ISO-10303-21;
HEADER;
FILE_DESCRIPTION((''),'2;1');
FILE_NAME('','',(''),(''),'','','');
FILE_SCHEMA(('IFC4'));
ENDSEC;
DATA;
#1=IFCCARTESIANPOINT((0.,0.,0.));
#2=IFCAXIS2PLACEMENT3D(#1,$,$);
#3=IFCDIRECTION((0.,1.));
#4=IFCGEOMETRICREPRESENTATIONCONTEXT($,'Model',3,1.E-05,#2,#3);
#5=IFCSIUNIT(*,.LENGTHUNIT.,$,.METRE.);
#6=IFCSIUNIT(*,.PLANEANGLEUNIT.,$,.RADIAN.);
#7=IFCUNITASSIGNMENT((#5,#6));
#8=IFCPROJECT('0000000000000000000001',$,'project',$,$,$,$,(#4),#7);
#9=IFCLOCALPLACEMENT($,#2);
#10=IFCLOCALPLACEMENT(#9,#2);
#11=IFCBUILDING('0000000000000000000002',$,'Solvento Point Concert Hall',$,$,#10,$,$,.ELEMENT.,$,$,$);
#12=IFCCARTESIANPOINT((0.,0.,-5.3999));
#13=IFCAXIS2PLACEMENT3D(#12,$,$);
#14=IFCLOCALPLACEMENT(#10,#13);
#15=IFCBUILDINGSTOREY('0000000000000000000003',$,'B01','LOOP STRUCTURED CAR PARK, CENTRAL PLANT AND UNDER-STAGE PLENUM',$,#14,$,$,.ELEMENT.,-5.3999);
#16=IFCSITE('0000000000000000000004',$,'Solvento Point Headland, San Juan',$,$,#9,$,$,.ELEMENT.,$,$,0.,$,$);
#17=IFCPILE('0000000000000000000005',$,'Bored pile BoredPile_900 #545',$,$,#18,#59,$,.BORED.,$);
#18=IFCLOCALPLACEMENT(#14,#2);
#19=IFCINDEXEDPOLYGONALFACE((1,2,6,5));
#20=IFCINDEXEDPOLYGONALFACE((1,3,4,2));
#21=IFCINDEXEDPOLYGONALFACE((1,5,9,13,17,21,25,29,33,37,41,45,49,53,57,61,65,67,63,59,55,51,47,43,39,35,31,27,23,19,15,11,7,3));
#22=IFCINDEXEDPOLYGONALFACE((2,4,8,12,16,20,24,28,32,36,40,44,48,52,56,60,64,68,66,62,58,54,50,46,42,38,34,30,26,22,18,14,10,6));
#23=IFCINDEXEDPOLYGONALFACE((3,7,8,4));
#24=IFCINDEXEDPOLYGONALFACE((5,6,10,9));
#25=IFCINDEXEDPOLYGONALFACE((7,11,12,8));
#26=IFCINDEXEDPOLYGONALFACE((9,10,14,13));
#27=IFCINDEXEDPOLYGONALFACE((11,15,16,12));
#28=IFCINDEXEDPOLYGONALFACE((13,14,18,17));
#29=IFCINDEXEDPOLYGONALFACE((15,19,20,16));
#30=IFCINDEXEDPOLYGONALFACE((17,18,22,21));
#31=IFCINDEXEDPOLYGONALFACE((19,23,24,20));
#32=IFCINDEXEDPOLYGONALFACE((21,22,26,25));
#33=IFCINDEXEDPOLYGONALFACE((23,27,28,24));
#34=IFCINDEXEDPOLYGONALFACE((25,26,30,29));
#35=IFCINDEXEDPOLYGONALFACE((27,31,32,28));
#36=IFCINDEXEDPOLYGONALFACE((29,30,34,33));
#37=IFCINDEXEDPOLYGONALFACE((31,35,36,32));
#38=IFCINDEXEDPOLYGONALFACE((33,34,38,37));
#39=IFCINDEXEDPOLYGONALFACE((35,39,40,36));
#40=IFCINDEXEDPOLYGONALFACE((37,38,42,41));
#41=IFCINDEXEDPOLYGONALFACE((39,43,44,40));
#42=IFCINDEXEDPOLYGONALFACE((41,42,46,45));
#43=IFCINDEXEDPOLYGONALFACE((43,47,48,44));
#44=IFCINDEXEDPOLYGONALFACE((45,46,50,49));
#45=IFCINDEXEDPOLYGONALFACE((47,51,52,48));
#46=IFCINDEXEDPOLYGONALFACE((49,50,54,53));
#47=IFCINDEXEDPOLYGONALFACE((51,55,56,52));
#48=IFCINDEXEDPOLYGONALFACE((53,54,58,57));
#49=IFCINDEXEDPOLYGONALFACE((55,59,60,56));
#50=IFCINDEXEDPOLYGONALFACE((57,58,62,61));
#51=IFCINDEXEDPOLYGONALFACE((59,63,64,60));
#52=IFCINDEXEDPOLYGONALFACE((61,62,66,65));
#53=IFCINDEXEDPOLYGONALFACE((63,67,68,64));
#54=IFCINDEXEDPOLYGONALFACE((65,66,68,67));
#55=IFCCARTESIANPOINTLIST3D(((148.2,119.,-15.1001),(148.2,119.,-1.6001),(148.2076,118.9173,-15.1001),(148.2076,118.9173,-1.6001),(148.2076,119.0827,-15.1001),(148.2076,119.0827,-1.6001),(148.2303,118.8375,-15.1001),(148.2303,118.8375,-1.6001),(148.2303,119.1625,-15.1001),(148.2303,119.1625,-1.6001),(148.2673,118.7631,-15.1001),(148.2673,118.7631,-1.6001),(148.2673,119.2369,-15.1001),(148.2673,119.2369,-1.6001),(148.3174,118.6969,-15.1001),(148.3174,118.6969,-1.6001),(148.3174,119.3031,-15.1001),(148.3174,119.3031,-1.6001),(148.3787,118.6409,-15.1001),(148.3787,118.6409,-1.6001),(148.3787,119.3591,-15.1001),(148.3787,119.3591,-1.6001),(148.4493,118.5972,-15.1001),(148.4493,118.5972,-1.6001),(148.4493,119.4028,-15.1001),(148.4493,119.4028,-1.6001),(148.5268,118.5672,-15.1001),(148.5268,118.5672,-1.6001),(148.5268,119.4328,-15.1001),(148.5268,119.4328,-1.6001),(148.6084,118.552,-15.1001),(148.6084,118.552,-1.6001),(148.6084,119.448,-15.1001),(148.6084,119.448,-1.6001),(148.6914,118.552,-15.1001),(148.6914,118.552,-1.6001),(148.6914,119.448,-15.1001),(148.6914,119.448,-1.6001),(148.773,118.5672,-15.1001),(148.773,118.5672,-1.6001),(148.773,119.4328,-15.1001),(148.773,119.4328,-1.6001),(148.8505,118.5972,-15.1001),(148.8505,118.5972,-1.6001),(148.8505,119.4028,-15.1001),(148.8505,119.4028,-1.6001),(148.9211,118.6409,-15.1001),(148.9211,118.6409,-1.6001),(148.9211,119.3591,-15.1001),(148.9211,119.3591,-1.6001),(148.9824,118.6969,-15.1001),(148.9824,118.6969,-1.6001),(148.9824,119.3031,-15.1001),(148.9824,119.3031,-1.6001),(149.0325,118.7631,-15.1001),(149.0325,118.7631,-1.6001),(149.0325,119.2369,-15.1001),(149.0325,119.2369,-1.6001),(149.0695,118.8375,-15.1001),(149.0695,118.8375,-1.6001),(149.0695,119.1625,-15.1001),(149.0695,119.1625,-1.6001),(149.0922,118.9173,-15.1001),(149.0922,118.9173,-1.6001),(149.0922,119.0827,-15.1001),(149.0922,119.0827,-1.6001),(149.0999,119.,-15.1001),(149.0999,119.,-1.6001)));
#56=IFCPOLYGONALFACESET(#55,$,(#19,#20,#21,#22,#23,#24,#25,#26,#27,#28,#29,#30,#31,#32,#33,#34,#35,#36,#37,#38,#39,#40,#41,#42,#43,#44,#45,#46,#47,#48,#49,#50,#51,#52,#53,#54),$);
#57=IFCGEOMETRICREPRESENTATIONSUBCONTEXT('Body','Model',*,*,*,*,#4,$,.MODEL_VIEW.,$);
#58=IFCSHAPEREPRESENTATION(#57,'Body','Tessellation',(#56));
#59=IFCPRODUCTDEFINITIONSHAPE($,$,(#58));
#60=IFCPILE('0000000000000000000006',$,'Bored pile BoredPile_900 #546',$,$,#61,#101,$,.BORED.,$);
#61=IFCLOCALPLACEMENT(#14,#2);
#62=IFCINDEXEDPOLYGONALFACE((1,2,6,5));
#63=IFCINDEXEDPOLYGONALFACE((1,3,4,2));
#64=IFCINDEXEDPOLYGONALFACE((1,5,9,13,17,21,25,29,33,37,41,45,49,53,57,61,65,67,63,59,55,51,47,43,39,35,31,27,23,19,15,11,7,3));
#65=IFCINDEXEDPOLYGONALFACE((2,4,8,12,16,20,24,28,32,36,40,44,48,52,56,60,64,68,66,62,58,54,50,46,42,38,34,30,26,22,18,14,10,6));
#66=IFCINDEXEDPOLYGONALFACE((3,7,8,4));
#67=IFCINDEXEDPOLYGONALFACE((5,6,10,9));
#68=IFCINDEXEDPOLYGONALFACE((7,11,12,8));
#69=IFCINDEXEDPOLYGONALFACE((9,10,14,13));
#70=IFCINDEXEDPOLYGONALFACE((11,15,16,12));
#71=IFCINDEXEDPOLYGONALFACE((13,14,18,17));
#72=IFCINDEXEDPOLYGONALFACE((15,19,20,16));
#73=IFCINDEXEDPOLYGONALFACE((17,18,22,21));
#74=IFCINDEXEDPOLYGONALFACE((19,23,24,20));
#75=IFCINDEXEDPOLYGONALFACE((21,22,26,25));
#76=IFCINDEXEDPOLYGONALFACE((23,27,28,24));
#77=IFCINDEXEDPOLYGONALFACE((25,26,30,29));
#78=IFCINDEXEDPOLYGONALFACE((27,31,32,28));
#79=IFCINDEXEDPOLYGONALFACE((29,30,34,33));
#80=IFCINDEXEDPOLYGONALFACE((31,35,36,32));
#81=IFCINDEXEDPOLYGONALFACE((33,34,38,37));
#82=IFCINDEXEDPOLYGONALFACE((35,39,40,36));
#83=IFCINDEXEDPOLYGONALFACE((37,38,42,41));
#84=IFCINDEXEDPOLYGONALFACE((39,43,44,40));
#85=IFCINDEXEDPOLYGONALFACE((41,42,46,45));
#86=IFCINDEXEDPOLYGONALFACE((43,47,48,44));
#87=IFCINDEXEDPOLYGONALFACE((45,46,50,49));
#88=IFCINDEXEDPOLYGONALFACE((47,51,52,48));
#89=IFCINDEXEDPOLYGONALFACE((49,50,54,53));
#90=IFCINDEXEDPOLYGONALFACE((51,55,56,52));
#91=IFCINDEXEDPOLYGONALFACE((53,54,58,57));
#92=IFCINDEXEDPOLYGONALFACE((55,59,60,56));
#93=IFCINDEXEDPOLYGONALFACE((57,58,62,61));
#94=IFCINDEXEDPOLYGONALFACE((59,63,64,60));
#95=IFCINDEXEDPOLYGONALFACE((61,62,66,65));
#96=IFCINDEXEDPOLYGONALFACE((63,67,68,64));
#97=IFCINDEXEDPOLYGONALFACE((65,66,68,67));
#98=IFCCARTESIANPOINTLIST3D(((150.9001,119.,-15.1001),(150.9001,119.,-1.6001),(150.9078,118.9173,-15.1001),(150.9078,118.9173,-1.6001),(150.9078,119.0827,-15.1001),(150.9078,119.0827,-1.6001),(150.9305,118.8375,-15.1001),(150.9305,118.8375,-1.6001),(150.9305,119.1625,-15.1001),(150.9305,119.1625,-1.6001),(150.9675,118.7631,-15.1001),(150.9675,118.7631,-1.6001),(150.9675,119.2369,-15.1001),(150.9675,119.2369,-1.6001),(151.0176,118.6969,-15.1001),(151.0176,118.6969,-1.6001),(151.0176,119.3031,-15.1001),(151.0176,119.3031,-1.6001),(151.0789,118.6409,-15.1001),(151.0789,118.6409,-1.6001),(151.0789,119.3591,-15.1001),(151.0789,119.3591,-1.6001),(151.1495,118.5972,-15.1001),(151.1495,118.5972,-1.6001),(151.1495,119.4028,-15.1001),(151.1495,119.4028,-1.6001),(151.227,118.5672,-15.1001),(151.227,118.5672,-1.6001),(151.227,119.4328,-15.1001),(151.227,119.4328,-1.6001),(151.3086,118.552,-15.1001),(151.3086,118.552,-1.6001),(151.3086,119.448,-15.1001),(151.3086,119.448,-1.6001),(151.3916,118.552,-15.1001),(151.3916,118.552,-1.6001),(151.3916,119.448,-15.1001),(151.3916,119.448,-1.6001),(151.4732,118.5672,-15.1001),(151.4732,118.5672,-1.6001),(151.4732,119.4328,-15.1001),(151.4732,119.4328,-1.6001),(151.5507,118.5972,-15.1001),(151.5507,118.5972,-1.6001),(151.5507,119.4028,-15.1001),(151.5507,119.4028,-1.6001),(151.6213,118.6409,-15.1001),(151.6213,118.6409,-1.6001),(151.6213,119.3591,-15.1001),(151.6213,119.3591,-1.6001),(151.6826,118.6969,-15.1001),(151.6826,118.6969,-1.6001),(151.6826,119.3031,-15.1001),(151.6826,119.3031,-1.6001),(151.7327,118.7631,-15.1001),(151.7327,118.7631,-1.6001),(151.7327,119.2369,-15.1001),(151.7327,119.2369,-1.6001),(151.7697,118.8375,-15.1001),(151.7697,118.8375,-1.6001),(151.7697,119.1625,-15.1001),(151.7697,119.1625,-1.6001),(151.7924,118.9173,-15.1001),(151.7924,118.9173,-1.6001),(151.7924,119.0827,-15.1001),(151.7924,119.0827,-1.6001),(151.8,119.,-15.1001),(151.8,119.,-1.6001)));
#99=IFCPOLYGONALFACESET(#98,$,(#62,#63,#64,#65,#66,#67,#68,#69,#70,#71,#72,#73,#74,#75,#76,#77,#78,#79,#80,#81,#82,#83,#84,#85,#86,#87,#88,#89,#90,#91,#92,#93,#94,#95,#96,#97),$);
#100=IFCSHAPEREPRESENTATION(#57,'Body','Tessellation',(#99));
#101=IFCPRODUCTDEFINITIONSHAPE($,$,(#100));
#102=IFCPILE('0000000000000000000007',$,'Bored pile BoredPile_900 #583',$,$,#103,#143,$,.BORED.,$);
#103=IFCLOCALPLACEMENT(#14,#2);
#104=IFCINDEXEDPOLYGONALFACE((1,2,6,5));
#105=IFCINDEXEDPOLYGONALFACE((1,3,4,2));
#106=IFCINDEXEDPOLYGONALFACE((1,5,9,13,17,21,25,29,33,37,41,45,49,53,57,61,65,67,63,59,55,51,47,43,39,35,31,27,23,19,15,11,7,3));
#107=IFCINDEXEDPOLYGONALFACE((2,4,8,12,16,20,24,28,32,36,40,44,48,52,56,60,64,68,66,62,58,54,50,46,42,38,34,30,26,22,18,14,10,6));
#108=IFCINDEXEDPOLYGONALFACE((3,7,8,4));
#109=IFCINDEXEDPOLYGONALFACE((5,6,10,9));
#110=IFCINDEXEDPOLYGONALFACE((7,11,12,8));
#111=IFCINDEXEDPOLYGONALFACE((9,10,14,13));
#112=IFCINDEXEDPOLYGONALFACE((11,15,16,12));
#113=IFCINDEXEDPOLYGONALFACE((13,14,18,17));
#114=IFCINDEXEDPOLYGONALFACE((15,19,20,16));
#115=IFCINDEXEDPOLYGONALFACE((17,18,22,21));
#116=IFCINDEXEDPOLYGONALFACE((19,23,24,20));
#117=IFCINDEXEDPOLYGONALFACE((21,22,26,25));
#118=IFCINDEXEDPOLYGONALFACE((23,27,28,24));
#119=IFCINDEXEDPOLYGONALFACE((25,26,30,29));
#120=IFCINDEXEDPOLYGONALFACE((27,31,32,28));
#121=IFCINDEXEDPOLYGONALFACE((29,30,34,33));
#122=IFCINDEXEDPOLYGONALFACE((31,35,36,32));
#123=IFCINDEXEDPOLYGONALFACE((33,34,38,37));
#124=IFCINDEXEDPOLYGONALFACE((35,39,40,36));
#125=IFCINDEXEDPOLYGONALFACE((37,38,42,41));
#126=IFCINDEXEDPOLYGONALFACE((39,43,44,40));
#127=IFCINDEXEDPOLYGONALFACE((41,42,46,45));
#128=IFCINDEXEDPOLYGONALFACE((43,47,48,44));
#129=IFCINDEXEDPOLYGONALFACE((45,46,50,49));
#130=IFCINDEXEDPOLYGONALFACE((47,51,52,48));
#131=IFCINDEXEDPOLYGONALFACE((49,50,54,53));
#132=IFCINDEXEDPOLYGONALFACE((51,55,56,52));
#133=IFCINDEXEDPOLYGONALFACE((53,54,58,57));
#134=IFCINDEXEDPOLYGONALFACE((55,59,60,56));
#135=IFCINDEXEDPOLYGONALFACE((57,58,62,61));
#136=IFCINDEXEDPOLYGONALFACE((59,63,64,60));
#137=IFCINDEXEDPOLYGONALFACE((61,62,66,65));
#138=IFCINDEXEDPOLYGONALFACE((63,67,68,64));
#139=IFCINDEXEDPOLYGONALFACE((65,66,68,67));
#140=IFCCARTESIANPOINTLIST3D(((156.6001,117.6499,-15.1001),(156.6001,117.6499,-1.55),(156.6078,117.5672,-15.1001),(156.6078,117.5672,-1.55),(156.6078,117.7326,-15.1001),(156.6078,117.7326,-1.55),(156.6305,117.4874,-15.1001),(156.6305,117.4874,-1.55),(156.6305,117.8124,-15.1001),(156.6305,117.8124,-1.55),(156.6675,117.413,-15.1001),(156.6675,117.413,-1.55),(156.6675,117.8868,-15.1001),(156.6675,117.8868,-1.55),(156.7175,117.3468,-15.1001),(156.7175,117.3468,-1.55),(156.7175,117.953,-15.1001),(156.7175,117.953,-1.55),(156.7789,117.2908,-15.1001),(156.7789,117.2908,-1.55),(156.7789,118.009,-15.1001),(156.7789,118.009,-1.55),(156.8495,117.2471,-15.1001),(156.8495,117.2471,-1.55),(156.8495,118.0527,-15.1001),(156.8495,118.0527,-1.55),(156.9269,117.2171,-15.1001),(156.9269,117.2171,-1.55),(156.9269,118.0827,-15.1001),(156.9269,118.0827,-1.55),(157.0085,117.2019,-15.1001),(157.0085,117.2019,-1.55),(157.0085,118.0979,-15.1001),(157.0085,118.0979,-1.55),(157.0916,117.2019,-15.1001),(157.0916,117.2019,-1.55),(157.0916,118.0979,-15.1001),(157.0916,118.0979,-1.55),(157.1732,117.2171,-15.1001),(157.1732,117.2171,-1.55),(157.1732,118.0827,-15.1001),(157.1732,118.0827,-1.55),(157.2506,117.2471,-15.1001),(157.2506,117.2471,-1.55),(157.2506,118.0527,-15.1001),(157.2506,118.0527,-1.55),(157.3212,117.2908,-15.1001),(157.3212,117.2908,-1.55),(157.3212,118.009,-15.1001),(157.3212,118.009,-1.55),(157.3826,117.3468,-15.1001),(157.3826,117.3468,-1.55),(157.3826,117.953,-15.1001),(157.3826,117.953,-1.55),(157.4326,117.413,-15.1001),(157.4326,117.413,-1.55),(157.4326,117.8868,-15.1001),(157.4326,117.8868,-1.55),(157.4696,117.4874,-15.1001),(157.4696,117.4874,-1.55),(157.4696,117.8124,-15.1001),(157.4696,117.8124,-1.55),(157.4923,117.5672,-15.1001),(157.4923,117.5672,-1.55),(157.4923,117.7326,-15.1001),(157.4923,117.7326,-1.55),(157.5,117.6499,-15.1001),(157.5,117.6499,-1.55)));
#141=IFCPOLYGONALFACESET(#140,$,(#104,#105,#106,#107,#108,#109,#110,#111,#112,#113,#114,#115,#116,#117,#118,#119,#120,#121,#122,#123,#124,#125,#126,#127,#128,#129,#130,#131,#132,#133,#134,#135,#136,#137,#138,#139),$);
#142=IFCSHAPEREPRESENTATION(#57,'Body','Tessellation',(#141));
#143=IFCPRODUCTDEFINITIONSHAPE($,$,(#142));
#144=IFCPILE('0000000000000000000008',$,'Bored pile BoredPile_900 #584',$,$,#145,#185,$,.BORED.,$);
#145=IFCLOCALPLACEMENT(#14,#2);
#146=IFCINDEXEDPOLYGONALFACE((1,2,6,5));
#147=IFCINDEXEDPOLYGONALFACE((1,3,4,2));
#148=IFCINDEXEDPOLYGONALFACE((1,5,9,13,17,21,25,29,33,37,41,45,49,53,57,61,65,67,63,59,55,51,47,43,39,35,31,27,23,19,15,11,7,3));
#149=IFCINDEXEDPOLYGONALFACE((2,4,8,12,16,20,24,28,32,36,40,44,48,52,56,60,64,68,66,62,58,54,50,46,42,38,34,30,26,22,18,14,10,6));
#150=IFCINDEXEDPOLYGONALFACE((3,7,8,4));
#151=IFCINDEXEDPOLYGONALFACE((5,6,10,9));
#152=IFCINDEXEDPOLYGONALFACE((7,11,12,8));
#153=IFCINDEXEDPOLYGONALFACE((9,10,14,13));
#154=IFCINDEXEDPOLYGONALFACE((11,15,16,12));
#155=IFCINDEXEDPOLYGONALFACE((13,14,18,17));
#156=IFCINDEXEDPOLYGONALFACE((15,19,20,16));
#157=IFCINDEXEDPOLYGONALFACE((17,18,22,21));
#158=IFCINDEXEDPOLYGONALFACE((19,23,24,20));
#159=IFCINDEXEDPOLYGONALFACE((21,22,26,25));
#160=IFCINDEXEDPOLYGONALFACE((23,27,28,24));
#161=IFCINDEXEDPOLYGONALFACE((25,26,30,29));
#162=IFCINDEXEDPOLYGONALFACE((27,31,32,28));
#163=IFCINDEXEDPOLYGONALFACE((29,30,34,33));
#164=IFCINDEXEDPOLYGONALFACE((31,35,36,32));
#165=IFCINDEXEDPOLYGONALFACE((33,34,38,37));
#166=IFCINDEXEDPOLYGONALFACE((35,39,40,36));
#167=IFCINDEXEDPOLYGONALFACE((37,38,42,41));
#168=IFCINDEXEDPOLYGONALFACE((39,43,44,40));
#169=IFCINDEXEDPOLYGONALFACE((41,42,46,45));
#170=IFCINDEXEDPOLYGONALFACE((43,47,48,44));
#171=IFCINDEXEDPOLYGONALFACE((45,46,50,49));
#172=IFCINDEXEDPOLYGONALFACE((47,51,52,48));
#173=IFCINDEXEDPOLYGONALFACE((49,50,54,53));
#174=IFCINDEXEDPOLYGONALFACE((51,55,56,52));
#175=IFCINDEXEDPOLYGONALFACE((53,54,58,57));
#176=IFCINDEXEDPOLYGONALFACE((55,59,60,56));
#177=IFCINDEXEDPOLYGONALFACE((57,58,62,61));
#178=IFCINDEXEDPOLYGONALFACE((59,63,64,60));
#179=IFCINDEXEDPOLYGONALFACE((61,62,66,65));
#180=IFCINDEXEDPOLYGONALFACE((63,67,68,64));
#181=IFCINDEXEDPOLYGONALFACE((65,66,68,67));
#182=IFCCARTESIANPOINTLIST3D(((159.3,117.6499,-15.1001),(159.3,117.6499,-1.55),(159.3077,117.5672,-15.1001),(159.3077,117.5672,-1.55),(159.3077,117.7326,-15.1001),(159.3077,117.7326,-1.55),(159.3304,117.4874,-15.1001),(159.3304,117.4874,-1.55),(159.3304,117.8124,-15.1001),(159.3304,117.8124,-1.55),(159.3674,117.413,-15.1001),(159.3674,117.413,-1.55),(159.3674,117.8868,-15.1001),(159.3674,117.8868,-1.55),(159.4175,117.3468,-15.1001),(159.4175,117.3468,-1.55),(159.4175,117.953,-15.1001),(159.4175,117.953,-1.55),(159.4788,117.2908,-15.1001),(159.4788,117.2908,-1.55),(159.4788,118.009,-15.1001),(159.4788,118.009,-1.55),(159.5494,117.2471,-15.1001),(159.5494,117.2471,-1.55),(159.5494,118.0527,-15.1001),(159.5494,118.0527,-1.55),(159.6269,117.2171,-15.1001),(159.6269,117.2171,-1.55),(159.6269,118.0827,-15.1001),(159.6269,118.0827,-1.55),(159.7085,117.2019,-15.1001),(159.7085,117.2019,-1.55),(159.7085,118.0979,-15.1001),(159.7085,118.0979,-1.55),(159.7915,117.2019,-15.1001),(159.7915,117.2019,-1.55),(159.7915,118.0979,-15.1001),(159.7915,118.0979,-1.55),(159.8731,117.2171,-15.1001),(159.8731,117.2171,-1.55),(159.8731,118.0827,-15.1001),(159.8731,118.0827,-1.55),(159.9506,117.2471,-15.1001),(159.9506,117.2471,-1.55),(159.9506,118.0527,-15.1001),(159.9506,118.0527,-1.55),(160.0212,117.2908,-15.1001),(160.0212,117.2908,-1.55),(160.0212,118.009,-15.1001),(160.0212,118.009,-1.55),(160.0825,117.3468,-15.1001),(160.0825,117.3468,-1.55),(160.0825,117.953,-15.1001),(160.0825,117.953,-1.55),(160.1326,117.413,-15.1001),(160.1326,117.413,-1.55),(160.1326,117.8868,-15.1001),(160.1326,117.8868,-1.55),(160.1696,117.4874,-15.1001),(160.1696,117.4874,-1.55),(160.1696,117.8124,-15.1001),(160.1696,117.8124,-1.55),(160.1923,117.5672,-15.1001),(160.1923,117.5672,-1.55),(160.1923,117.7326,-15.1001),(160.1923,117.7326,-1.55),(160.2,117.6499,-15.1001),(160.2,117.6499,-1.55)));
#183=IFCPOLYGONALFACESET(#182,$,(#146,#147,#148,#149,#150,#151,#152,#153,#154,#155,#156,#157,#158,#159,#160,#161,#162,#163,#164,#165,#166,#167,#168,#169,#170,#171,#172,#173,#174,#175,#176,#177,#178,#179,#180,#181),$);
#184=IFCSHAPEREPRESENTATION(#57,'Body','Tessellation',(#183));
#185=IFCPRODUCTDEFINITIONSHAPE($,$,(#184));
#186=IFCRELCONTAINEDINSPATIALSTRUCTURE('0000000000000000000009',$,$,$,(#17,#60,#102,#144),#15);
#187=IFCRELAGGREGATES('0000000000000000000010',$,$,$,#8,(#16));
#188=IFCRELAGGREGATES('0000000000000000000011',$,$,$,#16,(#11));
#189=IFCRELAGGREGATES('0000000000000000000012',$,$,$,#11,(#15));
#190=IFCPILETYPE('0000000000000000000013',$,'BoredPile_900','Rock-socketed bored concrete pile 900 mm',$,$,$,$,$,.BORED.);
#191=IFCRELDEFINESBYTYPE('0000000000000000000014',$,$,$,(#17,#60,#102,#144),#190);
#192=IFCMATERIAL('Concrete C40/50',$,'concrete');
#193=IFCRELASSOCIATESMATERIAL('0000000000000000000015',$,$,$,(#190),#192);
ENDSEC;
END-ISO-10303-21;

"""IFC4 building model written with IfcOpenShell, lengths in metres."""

from ifc_helpers import new_model, si_unit, direction, frame, origin, origin_2d, place, context, subcontext, project, spatial, circle, extrude, material, material_profile, profile_set, type_object, element, save


model = new_model("IFC4")

# Units and contexts
model_context = context("Model", 3, precision=1e-05, world=origin(), true_north=direction((0.0, 1.0)))
body_context = subcontext(model_context, "Body", "Model", "MODEL_VIEW")
ifc_project = project(units=[si_unit("LENGTHUNIT", "METRE"), si_unit("PLANEANGLEUNIT", "RADIAN")], contexts=[model_context])

# Site, building, storey
site_placement = place(None, origin())
site = spatial("IfcSite", under=ifc_project, at=site_placement, Name="Solvento Point Headland, San Juan", CompositionType="ELEMENT", RefElevation=0.0)
building_placement = place(site_placement, origin())
building = spatial("IfcBuilding", under=site, at=building_placement, Name="Solvento Point Concert Hall", CompositionType="ELEMENT")
storey_placement = place(building_placement, frame((0.0, 0.0, -5.3999)))
storey = spatial("IfcBuildingStorey", under=building, at=storey_placement, Name="B01", Description="LOOP STRUCTURED CAR PARK, CENTRAL PLANT AND UNDER-STAGE PLENUM", CompositionType="ELEMENT", Elevation=-5.3999)

# Piles
ifc_material_1 = material(Name="Concrete C40/50", Category="concrete")
ifc_material_profile_1 = material_profile(ifc_material_1, circle(Radius=0.45, at=origin_2d()), Name="BP-900")
ifc_profile_set_1 = profile_set([ifc_material_profile_1], Name="Concrete C40/50")
pile_type_1 = type_object("IfcPileType", Name="BoredPile_900", Description="Rock-socketed bored concrete pile 900 mm", PredefinedType="BORED", material=ifc_profile_set_1)
for number, where, z_axis, x_axis, name in (
    (1, (148.6499, 119.0, -1.6001), (0.0, 0.0, -1.0), (1.0, 0.0, 0.0), "Bored pile BoredPile_900 #545"),
    (2, (151.3501, 119.0, -1.6001), (0.0, 0.0, -1.0), (1.0, 0.0, 0.0), "Bored pile BoredPile_900 #546"),
):
    element("IfcPile", number, at=place(storey_placement, frame(where, z_axis=z_axis, x_axis=x_axis)), inside=storey, type_object=pile_type_1, Name=name, PredefinedType="BORED", context=body_context, shape_type="SweptSolid", body=[
        extrude(circle(Radius=0.45, at=origin_2d()), origin(), (0.0, 0.0, 1.0), 13.5),
    ])
for number, where, z_axis, x_axis, name in (
    (3, (157.05, 117.6499, -1.55), (0.0, 0.0, -1.0), (1.0, 0.0, 0.0), "Bored pile BoredPile_900 #583"),
    (4, (159.75, 117.6499, -1.55), (0.0, 0.0, -1.0), (1.0, 0.0, 0.0), "Bored pile BoredPile_900 #584"),
):
    element("IfcPile", number, at=place(storey_placement, frame(where, z_axis=z_axis, x_axis=x_axis)), inside=storey, type_object=pile_type_1, Name=name, PredefinedType="BORED", context=body_context, shape_type="SweptSolid", body=[
        extrude(circle(Radius=0.45, at=origin_2d()), origin(), (0.0, 0.0, 1.0), 13.55),
    ])

save(model, "model.ifc")
